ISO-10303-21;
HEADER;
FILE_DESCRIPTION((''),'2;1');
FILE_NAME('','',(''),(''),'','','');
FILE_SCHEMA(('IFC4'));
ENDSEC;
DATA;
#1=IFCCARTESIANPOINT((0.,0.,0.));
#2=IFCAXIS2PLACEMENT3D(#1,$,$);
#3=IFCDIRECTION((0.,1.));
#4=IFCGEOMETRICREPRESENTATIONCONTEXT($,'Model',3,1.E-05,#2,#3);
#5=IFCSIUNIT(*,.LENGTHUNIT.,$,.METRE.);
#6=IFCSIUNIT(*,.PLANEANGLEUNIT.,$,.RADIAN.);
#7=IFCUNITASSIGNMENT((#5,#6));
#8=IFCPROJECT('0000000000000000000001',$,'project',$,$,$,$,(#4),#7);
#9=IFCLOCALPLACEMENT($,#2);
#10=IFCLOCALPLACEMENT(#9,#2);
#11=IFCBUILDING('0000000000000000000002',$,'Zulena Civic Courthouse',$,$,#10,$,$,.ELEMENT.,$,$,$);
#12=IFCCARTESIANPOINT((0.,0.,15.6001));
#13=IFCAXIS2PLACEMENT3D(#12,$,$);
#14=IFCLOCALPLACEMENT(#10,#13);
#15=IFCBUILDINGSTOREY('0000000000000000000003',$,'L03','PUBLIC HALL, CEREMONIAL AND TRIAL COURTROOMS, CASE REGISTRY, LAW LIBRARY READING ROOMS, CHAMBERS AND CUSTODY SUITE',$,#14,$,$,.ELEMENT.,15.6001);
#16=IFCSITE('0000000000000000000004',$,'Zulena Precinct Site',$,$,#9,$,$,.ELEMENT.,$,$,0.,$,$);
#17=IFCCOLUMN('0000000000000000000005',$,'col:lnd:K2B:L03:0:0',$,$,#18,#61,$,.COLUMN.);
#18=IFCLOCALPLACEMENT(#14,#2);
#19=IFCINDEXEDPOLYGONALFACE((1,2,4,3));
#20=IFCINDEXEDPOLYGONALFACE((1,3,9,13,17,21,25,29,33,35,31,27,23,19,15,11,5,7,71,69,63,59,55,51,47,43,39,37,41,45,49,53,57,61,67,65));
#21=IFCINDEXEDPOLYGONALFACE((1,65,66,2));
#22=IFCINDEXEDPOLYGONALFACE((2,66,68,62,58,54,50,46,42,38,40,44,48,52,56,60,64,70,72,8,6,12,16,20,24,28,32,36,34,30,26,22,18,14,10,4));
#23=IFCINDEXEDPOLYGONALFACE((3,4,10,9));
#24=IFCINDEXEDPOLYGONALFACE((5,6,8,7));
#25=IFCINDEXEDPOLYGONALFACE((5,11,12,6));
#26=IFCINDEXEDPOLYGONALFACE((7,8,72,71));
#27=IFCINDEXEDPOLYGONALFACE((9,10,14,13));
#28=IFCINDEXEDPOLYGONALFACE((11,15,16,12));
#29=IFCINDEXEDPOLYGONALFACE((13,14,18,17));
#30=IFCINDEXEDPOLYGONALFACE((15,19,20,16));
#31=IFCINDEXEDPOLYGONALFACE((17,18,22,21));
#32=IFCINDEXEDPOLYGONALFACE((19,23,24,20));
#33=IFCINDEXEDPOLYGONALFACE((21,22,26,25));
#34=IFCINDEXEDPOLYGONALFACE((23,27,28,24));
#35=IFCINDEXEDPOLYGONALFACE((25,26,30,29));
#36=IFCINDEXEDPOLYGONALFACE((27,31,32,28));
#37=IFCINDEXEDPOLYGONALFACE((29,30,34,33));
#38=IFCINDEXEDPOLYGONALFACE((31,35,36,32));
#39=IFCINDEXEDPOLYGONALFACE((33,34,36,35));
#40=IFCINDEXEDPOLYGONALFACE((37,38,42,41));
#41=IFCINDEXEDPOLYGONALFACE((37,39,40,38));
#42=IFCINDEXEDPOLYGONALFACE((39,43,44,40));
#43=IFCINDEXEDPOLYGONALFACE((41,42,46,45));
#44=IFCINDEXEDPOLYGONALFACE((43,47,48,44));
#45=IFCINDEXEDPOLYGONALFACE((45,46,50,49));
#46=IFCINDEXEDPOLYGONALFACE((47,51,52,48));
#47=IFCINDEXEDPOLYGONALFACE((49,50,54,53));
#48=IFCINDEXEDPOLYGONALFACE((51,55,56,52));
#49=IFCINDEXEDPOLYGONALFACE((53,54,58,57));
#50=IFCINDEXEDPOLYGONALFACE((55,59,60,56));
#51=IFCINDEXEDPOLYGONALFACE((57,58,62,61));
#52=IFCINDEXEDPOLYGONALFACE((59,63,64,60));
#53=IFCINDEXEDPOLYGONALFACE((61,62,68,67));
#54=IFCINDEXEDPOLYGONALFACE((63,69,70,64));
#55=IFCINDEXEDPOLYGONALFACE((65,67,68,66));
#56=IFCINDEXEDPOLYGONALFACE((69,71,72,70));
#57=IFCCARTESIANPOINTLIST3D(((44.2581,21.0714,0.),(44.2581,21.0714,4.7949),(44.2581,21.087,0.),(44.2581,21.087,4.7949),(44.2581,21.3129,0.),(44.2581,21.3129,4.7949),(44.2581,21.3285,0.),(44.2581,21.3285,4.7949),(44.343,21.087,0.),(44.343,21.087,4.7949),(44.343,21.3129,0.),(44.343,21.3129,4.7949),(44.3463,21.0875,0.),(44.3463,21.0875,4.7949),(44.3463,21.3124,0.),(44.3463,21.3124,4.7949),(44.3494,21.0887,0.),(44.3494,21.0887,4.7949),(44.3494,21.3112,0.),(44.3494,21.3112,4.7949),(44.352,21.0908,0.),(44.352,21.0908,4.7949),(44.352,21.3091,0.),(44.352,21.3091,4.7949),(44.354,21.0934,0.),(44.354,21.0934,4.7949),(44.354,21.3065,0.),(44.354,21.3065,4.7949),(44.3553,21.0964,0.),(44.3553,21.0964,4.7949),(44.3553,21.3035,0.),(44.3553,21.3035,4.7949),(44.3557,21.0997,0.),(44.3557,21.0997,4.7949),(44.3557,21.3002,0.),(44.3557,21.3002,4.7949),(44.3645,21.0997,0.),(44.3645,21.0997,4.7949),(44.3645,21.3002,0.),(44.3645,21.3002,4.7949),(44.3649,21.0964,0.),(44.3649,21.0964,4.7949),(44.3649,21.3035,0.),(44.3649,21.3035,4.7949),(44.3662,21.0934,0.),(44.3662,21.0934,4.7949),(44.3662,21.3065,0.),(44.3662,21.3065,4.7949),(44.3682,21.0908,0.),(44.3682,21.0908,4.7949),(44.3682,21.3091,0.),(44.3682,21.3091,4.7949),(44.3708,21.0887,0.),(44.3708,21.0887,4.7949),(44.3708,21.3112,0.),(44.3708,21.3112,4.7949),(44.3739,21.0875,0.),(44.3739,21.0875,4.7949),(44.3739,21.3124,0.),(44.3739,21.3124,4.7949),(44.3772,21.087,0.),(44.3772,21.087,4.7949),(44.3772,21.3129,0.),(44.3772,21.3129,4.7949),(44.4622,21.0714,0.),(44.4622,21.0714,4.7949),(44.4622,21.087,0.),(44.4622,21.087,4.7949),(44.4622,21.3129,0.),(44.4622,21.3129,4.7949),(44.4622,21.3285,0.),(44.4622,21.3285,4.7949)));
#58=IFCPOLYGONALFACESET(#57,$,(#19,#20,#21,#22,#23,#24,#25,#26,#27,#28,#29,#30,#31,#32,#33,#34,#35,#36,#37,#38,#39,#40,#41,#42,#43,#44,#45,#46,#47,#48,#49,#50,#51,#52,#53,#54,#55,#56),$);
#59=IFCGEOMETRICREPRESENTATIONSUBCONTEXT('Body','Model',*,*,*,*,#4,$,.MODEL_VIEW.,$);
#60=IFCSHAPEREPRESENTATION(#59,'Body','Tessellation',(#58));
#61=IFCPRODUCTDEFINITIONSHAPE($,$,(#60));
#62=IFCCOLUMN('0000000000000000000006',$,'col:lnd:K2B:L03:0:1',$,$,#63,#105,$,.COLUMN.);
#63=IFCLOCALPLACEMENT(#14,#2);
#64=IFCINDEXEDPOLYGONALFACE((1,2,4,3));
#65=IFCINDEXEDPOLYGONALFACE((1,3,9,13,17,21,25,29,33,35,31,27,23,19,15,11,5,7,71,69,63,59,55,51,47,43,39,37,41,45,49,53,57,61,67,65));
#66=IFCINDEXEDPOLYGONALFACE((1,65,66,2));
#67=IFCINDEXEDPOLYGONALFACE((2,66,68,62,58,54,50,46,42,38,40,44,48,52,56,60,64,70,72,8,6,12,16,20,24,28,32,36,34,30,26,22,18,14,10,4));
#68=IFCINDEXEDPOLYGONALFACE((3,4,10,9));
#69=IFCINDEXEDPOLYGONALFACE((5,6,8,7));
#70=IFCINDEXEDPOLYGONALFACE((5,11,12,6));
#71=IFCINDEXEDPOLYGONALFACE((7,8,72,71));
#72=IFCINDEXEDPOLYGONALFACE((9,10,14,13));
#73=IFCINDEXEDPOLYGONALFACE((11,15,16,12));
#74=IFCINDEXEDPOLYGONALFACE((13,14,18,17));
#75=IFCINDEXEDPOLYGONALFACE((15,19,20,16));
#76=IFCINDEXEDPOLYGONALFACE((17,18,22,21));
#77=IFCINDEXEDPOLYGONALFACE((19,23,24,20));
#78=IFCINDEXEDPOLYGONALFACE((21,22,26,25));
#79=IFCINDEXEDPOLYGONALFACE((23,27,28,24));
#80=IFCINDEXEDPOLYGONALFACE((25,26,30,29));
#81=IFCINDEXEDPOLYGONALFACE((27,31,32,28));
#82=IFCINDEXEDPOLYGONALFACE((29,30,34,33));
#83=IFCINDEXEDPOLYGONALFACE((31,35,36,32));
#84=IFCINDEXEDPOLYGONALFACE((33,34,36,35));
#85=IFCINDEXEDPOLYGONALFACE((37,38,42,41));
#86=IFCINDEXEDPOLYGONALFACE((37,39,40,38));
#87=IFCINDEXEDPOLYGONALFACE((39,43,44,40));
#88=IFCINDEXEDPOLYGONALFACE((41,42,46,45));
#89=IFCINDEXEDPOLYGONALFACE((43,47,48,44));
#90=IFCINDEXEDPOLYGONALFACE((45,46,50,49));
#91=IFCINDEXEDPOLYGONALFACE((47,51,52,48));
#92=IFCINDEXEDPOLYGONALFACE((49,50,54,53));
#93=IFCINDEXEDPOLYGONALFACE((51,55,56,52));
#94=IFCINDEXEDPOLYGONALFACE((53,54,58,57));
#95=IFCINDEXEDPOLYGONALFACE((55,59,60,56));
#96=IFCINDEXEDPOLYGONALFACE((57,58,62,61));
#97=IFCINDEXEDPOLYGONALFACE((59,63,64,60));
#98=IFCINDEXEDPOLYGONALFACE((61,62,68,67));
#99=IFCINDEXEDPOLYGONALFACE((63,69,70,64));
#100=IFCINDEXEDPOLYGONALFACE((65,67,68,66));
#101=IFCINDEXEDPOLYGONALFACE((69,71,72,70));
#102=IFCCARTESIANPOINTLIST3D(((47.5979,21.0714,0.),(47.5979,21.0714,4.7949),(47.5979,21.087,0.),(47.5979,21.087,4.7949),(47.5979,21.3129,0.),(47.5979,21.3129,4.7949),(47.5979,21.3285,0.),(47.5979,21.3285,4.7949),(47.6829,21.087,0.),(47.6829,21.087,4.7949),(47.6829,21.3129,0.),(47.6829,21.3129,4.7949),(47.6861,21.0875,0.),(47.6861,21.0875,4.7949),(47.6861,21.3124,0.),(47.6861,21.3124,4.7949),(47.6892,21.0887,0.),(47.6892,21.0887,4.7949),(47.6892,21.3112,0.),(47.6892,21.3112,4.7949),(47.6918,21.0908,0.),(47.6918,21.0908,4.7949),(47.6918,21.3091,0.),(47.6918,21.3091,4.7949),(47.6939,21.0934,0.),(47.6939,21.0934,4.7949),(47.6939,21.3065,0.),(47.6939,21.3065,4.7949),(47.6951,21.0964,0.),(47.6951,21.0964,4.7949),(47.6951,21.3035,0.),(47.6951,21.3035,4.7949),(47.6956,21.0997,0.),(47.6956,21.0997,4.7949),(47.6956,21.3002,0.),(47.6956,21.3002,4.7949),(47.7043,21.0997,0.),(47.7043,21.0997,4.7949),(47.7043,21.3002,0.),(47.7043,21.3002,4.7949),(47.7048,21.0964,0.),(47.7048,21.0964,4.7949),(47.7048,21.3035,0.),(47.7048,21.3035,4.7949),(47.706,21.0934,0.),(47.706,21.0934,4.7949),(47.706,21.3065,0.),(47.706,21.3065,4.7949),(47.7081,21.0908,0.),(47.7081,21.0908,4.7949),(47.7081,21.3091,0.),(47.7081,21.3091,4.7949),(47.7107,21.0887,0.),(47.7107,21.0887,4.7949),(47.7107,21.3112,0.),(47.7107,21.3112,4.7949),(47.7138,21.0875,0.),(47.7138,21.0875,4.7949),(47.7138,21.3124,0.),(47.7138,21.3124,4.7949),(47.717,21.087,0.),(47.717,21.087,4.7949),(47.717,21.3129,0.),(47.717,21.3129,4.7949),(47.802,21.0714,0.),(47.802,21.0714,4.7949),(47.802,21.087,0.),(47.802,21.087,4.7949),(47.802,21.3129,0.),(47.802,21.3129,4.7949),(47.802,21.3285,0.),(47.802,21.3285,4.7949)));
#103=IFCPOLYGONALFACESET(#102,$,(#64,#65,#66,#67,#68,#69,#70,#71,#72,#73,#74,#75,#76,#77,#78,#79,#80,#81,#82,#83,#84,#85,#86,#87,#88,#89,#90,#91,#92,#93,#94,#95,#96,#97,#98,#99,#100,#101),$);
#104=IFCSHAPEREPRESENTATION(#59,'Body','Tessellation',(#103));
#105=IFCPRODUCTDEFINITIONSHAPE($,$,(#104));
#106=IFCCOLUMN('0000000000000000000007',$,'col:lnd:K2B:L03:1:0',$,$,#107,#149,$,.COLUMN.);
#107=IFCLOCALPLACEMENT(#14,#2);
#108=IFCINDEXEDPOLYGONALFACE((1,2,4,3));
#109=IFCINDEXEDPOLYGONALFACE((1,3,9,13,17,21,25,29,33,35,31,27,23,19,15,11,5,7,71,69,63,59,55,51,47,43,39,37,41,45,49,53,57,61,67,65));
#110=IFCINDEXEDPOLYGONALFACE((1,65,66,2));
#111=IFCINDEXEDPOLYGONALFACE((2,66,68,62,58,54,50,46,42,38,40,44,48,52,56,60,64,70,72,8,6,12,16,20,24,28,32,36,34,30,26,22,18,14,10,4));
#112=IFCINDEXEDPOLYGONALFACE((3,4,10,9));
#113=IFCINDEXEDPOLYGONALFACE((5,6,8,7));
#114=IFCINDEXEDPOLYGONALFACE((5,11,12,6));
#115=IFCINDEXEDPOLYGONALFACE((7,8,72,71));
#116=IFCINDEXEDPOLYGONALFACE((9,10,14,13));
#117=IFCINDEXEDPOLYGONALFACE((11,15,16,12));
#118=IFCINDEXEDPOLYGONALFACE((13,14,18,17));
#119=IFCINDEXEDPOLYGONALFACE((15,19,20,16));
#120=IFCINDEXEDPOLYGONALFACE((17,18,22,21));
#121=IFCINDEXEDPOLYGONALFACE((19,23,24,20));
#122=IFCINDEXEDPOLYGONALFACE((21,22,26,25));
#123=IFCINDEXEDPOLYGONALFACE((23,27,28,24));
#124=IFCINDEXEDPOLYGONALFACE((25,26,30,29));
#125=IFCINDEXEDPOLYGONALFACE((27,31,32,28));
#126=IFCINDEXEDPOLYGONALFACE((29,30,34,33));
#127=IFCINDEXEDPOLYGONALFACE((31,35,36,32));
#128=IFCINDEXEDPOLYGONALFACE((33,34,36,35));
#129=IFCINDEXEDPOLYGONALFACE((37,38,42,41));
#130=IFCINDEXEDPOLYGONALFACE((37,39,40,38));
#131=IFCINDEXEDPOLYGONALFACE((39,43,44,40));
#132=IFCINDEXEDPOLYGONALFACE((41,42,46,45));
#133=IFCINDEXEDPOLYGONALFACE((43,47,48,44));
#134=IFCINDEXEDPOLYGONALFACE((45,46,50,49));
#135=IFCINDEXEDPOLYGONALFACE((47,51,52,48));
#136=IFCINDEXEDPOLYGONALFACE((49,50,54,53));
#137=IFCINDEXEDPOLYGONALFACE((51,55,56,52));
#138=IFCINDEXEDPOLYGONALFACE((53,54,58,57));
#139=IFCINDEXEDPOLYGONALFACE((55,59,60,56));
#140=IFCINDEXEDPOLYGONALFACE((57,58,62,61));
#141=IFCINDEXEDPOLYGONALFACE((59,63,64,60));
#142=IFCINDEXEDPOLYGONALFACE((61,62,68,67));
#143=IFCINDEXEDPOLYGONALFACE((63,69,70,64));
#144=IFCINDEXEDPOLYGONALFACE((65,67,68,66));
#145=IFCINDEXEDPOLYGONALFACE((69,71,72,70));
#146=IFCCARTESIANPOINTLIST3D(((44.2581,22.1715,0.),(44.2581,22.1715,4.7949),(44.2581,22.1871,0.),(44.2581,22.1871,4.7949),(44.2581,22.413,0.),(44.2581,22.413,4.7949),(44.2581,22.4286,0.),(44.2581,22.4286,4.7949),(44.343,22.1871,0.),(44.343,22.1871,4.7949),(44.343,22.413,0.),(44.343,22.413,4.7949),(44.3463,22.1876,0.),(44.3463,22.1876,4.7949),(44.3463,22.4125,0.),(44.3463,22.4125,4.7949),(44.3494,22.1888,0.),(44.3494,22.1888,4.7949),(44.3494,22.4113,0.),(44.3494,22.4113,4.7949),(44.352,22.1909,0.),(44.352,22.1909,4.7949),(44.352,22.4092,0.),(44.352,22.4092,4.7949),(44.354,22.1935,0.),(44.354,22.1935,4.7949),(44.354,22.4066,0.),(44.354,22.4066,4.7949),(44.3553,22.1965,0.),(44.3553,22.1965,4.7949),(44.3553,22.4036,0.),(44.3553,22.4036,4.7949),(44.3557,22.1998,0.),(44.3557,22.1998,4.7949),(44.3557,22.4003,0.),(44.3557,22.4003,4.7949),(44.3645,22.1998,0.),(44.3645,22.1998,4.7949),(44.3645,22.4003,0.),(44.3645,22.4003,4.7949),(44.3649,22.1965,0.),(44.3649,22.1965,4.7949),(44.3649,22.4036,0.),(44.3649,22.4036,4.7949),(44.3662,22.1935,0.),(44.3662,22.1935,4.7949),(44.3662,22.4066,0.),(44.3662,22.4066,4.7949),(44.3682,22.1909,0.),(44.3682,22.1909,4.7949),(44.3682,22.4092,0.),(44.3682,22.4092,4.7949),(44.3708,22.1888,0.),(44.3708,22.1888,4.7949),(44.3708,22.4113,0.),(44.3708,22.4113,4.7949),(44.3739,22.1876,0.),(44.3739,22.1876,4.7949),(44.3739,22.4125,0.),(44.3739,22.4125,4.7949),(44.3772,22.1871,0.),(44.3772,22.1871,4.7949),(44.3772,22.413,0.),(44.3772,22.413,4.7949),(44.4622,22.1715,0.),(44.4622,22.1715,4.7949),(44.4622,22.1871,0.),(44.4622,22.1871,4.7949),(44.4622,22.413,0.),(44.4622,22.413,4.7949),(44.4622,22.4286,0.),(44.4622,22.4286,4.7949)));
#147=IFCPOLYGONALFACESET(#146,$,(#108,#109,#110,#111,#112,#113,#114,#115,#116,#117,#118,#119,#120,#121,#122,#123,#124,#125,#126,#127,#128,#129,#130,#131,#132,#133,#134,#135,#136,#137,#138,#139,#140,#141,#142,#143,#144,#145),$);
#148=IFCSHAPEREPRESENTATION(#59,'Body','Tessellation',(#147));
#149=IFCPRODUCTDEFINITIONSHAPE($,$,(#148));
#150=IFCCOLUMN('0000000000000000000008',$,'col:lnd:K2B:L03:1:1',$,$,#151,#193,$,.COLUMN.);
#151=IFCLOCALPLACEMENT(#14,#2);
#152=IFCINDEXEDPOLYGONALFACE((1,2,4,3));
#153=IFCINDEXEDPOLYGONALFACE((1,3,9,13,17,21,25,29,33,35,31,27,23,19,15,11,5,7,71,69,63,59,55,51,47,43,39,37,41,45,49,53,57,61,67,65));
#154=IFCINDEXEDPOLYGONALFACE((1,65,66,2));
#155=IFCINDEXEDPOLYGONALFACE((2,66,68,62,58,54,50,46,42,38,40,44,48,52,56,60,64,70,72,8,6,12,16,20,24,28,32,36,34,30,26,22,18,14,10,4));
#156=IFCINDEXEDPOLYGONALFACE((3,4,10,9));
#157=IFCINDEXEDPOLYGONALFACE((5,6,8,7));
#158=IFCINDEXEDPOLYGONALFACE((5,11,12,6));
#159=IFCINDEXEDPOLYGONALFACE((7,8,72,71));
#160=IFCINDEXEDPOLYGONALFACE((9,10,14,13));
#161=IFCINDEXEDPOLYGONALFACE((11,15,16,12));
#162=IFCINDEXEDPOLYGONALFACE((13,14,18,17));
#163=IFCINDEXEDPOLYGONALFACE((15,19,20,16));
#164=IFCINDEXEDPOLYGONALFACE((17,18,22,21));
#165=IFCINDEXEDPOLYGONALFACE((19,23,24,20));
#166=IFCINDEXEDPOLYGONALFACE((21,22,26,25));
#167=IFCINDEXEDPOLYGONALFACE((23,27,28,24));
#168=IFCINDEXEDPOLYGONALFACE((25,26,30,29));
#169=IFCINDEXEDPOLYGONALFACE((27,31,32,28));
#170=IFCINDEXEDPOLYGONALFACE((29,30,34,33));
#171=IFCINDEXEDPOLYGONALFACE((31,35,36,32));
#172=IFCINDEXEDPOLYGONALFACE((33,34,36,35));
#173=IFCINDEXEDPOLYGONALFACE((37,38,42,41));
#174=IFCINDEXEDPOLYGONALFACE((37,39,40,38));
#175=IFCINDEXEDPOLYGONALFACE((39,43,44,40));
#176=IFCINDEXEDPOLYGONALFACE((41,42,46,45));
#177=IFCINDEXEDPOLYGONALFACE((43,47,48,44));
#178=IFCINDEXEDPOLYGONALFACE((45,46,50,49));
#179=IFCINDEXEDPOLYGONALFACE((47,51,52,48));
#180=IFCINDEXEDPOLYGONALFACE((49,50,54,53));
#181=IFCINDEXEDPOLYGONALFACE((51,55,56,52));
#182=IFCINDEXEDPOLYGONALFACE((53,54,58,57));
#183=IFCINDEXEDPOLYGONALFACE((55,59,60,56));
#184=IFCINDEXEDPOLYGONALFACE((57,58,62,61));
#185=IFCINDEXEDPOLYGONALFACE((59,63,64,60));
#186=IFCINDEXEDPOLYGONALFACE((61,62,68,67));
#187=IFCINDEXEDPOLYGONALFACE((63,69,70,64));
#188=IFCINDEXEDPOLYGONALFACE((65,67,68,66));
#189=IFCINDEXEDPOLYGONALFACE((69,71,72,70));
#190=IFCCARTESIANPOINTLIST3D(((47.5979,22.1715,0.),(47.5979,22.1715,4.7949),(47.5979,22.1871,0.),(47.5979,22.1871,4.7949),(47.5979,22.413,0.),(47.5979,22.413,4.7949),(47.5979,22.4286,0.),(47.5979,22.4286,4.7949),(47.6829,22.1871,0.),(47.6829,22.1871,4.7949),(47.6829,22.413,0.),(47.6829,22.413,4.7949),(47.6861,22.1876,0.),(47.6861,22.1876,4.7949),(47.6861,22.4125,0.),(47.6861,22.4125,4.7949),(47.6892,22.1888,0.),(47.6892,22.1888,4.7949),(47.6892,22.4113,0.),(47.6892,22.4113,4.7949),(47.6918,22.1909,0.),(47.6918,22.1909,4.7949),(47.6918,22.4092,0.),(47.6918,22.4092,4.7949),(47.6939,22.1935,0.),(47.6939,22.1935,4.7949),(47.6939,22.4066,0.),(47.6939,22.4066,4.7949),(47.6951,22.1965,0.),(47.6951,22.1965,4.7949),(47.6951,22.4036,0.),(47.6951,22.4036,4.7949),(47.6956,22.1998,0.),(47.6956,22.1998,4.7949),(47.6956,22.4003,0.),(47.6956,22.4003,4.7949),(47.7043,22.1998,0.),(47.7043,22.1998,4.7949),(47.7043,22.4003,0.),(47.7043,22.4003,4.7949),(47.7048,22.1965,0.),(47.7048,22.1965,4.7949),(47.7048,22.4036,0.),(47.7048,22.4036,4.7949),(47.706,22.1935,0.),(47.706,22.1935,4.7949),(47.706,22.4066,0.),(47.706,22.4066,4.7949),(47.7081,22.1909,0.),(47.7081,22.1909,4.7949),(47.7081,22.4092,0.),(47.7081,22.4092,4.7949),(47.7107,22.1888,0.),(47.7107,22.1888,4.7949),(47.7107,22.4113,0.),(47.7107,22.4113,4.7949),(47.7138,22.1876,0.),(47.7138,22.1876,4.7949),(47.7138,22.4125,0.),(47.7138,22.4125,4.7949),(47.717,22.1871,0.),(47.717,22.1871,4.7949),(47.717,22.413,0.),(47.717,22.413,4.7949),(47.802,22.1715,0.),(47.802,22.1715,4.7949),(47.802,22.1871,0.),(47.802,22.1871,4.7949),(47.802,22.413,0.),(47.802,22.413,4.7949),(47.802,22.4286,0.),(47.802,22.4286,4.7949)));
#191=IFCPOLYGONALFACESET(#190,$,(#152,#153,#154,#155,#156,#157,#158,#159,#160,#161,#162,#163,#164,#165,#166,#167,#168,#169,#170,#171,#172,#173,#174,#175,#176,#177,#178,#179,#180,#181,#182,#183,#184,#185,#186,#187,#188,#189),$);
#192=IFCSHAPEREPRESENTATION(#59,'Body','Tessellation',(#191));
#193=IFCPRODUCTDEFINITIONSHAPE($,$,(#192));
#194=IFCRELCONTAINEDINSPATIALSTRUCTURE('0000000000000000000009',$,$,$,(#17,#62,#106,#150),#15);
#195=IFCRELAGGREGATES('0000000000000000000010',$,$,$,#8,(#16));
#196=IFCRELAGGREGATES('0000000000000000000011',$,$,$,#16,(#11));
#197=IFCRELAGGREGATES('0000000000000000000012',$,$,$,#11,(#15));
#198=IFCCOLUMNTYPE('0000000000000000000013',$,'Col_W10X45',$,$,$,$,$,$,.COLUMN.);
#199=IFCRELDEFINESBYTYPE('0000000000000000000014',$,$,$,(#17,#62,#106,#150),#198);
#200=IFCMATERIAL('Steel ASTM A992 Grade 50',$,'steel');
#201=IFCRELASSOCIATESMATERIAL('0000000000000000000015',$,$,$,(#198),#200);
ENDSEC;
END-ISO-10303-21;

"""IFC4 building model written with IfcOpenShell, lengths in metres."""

from ifc_helpers import new_model, si_unit, direction, frame, origin, origin_2d, place, context, subcontext, project, spatial, i_section, extrude, material, material_profile, profile_set, type_object, element, save


model = new_model("IFC4")

# Units and contexts
model_context = context("Model", 3, precision=1e-05, world=origin(), true_north=direction((0.0, 1.0)))
body_context = subcontext(model_context, "Body", "Model", "MODEL_VIEW")
ifc_project = project(units=[si_unit("LENGTHUNIT", "METRE"), si_unit("PLANEANGLEUNIT", "RADIAN")], contexts=[model_context])

# Site, building, storey
site_placement = place(None, origin())
site = spatial("IfcSite", under=ifc_project, at=site_placement, Name="Zulena Precinct Site", CompositionType="ELEMENT", RefElevation=0.0)
building_placement = place(site_placement, origin())
building = spatial("IfcBuilding", under=site, at=building_placement, Name="Zulena Civic Courthouse", CompositionType="ELEMENT")
storey_placement = place(building_placement, frame((0.0, 0.0, 15.6001)))
storey = spatial("IfcBuildingStorey", under=building, at=storey_placement, Name="L03", Description="PUBLIC HALL, CEREMONIAL AND TRIAL COURTROOMS, CASE REGISTRY, LAW LIBRARY READING ROOMS, CHAMBERS AND CUSTODY SUITE", CompositionType="ELEMENT", Elevation=15.6001)

# Columns
ifc_material_1 = material(Name="Steel ASTM A992 Grade 50", Category="steel")
ifc_material_profile_1 = material_profile(ifc_material_1, i_section(OverallWidth=0.2041, OverallDepth=0.2571, WebThickness=0.0088, FlangeThickness=0.0156, FilletRadius=0.0127, at=origin_2d()), Name="W10X45")
ifc_profile_set_1 = profile_set([ifc_material_profile_1], Name="Steel ASTM A992 Grade 50")
column_type_1 = type_object("IfcColumnType", Name="Col_W10X45", PredefinedType="COLUMN", material=ifc_profile_set_1)
for number, where, z_axis, x_axis, name in (
    (1, (44.3601, 21.2, 0.0), (0.0, 0.0, 1.0), (1.0, 0.0, 0.0), "col:lnd:K2B:L03:0:0"),
    (2, (47.7, 21.2, 0.0), (0.0, 0.0, 1.0), (1.0, 0.0, 0.0), "col:lnd:K2B:L03:0:1"),
    (3, (44.3601, 22.3, 0.0), (0.0, 0.0, 1.0), (1.0, 0.0, 0.0), "col:lnd:K2B:L03:1:0"),
    (4, (47.7, 22.3, 0.0), (0.0, 0.0, 1.0), (1.0, 0.0, 0.0), "col:lnd:K2B:L03:1:1"),
):
    element("IfcColumn", number, at=place(storey_placement, frame(where, z_axis=z_axis, x_axis=x_axis)), inside=storey, type_object=column_type_1, Name=name, PredefinedType="COLUMN", context=body_context, shape_type="SweptSolid", body=[
        extrude(i_section(OverallWidth=0.2041, OverallDepth=0.2571, WebThickness=0.0088, FlangeThickness=0.0156, FilletRadius=0.0127, at=origin_2d()), origin(), (0.0, 0.0, 1.0), 4.7949),
    ])

save(model, "model.ifc")
